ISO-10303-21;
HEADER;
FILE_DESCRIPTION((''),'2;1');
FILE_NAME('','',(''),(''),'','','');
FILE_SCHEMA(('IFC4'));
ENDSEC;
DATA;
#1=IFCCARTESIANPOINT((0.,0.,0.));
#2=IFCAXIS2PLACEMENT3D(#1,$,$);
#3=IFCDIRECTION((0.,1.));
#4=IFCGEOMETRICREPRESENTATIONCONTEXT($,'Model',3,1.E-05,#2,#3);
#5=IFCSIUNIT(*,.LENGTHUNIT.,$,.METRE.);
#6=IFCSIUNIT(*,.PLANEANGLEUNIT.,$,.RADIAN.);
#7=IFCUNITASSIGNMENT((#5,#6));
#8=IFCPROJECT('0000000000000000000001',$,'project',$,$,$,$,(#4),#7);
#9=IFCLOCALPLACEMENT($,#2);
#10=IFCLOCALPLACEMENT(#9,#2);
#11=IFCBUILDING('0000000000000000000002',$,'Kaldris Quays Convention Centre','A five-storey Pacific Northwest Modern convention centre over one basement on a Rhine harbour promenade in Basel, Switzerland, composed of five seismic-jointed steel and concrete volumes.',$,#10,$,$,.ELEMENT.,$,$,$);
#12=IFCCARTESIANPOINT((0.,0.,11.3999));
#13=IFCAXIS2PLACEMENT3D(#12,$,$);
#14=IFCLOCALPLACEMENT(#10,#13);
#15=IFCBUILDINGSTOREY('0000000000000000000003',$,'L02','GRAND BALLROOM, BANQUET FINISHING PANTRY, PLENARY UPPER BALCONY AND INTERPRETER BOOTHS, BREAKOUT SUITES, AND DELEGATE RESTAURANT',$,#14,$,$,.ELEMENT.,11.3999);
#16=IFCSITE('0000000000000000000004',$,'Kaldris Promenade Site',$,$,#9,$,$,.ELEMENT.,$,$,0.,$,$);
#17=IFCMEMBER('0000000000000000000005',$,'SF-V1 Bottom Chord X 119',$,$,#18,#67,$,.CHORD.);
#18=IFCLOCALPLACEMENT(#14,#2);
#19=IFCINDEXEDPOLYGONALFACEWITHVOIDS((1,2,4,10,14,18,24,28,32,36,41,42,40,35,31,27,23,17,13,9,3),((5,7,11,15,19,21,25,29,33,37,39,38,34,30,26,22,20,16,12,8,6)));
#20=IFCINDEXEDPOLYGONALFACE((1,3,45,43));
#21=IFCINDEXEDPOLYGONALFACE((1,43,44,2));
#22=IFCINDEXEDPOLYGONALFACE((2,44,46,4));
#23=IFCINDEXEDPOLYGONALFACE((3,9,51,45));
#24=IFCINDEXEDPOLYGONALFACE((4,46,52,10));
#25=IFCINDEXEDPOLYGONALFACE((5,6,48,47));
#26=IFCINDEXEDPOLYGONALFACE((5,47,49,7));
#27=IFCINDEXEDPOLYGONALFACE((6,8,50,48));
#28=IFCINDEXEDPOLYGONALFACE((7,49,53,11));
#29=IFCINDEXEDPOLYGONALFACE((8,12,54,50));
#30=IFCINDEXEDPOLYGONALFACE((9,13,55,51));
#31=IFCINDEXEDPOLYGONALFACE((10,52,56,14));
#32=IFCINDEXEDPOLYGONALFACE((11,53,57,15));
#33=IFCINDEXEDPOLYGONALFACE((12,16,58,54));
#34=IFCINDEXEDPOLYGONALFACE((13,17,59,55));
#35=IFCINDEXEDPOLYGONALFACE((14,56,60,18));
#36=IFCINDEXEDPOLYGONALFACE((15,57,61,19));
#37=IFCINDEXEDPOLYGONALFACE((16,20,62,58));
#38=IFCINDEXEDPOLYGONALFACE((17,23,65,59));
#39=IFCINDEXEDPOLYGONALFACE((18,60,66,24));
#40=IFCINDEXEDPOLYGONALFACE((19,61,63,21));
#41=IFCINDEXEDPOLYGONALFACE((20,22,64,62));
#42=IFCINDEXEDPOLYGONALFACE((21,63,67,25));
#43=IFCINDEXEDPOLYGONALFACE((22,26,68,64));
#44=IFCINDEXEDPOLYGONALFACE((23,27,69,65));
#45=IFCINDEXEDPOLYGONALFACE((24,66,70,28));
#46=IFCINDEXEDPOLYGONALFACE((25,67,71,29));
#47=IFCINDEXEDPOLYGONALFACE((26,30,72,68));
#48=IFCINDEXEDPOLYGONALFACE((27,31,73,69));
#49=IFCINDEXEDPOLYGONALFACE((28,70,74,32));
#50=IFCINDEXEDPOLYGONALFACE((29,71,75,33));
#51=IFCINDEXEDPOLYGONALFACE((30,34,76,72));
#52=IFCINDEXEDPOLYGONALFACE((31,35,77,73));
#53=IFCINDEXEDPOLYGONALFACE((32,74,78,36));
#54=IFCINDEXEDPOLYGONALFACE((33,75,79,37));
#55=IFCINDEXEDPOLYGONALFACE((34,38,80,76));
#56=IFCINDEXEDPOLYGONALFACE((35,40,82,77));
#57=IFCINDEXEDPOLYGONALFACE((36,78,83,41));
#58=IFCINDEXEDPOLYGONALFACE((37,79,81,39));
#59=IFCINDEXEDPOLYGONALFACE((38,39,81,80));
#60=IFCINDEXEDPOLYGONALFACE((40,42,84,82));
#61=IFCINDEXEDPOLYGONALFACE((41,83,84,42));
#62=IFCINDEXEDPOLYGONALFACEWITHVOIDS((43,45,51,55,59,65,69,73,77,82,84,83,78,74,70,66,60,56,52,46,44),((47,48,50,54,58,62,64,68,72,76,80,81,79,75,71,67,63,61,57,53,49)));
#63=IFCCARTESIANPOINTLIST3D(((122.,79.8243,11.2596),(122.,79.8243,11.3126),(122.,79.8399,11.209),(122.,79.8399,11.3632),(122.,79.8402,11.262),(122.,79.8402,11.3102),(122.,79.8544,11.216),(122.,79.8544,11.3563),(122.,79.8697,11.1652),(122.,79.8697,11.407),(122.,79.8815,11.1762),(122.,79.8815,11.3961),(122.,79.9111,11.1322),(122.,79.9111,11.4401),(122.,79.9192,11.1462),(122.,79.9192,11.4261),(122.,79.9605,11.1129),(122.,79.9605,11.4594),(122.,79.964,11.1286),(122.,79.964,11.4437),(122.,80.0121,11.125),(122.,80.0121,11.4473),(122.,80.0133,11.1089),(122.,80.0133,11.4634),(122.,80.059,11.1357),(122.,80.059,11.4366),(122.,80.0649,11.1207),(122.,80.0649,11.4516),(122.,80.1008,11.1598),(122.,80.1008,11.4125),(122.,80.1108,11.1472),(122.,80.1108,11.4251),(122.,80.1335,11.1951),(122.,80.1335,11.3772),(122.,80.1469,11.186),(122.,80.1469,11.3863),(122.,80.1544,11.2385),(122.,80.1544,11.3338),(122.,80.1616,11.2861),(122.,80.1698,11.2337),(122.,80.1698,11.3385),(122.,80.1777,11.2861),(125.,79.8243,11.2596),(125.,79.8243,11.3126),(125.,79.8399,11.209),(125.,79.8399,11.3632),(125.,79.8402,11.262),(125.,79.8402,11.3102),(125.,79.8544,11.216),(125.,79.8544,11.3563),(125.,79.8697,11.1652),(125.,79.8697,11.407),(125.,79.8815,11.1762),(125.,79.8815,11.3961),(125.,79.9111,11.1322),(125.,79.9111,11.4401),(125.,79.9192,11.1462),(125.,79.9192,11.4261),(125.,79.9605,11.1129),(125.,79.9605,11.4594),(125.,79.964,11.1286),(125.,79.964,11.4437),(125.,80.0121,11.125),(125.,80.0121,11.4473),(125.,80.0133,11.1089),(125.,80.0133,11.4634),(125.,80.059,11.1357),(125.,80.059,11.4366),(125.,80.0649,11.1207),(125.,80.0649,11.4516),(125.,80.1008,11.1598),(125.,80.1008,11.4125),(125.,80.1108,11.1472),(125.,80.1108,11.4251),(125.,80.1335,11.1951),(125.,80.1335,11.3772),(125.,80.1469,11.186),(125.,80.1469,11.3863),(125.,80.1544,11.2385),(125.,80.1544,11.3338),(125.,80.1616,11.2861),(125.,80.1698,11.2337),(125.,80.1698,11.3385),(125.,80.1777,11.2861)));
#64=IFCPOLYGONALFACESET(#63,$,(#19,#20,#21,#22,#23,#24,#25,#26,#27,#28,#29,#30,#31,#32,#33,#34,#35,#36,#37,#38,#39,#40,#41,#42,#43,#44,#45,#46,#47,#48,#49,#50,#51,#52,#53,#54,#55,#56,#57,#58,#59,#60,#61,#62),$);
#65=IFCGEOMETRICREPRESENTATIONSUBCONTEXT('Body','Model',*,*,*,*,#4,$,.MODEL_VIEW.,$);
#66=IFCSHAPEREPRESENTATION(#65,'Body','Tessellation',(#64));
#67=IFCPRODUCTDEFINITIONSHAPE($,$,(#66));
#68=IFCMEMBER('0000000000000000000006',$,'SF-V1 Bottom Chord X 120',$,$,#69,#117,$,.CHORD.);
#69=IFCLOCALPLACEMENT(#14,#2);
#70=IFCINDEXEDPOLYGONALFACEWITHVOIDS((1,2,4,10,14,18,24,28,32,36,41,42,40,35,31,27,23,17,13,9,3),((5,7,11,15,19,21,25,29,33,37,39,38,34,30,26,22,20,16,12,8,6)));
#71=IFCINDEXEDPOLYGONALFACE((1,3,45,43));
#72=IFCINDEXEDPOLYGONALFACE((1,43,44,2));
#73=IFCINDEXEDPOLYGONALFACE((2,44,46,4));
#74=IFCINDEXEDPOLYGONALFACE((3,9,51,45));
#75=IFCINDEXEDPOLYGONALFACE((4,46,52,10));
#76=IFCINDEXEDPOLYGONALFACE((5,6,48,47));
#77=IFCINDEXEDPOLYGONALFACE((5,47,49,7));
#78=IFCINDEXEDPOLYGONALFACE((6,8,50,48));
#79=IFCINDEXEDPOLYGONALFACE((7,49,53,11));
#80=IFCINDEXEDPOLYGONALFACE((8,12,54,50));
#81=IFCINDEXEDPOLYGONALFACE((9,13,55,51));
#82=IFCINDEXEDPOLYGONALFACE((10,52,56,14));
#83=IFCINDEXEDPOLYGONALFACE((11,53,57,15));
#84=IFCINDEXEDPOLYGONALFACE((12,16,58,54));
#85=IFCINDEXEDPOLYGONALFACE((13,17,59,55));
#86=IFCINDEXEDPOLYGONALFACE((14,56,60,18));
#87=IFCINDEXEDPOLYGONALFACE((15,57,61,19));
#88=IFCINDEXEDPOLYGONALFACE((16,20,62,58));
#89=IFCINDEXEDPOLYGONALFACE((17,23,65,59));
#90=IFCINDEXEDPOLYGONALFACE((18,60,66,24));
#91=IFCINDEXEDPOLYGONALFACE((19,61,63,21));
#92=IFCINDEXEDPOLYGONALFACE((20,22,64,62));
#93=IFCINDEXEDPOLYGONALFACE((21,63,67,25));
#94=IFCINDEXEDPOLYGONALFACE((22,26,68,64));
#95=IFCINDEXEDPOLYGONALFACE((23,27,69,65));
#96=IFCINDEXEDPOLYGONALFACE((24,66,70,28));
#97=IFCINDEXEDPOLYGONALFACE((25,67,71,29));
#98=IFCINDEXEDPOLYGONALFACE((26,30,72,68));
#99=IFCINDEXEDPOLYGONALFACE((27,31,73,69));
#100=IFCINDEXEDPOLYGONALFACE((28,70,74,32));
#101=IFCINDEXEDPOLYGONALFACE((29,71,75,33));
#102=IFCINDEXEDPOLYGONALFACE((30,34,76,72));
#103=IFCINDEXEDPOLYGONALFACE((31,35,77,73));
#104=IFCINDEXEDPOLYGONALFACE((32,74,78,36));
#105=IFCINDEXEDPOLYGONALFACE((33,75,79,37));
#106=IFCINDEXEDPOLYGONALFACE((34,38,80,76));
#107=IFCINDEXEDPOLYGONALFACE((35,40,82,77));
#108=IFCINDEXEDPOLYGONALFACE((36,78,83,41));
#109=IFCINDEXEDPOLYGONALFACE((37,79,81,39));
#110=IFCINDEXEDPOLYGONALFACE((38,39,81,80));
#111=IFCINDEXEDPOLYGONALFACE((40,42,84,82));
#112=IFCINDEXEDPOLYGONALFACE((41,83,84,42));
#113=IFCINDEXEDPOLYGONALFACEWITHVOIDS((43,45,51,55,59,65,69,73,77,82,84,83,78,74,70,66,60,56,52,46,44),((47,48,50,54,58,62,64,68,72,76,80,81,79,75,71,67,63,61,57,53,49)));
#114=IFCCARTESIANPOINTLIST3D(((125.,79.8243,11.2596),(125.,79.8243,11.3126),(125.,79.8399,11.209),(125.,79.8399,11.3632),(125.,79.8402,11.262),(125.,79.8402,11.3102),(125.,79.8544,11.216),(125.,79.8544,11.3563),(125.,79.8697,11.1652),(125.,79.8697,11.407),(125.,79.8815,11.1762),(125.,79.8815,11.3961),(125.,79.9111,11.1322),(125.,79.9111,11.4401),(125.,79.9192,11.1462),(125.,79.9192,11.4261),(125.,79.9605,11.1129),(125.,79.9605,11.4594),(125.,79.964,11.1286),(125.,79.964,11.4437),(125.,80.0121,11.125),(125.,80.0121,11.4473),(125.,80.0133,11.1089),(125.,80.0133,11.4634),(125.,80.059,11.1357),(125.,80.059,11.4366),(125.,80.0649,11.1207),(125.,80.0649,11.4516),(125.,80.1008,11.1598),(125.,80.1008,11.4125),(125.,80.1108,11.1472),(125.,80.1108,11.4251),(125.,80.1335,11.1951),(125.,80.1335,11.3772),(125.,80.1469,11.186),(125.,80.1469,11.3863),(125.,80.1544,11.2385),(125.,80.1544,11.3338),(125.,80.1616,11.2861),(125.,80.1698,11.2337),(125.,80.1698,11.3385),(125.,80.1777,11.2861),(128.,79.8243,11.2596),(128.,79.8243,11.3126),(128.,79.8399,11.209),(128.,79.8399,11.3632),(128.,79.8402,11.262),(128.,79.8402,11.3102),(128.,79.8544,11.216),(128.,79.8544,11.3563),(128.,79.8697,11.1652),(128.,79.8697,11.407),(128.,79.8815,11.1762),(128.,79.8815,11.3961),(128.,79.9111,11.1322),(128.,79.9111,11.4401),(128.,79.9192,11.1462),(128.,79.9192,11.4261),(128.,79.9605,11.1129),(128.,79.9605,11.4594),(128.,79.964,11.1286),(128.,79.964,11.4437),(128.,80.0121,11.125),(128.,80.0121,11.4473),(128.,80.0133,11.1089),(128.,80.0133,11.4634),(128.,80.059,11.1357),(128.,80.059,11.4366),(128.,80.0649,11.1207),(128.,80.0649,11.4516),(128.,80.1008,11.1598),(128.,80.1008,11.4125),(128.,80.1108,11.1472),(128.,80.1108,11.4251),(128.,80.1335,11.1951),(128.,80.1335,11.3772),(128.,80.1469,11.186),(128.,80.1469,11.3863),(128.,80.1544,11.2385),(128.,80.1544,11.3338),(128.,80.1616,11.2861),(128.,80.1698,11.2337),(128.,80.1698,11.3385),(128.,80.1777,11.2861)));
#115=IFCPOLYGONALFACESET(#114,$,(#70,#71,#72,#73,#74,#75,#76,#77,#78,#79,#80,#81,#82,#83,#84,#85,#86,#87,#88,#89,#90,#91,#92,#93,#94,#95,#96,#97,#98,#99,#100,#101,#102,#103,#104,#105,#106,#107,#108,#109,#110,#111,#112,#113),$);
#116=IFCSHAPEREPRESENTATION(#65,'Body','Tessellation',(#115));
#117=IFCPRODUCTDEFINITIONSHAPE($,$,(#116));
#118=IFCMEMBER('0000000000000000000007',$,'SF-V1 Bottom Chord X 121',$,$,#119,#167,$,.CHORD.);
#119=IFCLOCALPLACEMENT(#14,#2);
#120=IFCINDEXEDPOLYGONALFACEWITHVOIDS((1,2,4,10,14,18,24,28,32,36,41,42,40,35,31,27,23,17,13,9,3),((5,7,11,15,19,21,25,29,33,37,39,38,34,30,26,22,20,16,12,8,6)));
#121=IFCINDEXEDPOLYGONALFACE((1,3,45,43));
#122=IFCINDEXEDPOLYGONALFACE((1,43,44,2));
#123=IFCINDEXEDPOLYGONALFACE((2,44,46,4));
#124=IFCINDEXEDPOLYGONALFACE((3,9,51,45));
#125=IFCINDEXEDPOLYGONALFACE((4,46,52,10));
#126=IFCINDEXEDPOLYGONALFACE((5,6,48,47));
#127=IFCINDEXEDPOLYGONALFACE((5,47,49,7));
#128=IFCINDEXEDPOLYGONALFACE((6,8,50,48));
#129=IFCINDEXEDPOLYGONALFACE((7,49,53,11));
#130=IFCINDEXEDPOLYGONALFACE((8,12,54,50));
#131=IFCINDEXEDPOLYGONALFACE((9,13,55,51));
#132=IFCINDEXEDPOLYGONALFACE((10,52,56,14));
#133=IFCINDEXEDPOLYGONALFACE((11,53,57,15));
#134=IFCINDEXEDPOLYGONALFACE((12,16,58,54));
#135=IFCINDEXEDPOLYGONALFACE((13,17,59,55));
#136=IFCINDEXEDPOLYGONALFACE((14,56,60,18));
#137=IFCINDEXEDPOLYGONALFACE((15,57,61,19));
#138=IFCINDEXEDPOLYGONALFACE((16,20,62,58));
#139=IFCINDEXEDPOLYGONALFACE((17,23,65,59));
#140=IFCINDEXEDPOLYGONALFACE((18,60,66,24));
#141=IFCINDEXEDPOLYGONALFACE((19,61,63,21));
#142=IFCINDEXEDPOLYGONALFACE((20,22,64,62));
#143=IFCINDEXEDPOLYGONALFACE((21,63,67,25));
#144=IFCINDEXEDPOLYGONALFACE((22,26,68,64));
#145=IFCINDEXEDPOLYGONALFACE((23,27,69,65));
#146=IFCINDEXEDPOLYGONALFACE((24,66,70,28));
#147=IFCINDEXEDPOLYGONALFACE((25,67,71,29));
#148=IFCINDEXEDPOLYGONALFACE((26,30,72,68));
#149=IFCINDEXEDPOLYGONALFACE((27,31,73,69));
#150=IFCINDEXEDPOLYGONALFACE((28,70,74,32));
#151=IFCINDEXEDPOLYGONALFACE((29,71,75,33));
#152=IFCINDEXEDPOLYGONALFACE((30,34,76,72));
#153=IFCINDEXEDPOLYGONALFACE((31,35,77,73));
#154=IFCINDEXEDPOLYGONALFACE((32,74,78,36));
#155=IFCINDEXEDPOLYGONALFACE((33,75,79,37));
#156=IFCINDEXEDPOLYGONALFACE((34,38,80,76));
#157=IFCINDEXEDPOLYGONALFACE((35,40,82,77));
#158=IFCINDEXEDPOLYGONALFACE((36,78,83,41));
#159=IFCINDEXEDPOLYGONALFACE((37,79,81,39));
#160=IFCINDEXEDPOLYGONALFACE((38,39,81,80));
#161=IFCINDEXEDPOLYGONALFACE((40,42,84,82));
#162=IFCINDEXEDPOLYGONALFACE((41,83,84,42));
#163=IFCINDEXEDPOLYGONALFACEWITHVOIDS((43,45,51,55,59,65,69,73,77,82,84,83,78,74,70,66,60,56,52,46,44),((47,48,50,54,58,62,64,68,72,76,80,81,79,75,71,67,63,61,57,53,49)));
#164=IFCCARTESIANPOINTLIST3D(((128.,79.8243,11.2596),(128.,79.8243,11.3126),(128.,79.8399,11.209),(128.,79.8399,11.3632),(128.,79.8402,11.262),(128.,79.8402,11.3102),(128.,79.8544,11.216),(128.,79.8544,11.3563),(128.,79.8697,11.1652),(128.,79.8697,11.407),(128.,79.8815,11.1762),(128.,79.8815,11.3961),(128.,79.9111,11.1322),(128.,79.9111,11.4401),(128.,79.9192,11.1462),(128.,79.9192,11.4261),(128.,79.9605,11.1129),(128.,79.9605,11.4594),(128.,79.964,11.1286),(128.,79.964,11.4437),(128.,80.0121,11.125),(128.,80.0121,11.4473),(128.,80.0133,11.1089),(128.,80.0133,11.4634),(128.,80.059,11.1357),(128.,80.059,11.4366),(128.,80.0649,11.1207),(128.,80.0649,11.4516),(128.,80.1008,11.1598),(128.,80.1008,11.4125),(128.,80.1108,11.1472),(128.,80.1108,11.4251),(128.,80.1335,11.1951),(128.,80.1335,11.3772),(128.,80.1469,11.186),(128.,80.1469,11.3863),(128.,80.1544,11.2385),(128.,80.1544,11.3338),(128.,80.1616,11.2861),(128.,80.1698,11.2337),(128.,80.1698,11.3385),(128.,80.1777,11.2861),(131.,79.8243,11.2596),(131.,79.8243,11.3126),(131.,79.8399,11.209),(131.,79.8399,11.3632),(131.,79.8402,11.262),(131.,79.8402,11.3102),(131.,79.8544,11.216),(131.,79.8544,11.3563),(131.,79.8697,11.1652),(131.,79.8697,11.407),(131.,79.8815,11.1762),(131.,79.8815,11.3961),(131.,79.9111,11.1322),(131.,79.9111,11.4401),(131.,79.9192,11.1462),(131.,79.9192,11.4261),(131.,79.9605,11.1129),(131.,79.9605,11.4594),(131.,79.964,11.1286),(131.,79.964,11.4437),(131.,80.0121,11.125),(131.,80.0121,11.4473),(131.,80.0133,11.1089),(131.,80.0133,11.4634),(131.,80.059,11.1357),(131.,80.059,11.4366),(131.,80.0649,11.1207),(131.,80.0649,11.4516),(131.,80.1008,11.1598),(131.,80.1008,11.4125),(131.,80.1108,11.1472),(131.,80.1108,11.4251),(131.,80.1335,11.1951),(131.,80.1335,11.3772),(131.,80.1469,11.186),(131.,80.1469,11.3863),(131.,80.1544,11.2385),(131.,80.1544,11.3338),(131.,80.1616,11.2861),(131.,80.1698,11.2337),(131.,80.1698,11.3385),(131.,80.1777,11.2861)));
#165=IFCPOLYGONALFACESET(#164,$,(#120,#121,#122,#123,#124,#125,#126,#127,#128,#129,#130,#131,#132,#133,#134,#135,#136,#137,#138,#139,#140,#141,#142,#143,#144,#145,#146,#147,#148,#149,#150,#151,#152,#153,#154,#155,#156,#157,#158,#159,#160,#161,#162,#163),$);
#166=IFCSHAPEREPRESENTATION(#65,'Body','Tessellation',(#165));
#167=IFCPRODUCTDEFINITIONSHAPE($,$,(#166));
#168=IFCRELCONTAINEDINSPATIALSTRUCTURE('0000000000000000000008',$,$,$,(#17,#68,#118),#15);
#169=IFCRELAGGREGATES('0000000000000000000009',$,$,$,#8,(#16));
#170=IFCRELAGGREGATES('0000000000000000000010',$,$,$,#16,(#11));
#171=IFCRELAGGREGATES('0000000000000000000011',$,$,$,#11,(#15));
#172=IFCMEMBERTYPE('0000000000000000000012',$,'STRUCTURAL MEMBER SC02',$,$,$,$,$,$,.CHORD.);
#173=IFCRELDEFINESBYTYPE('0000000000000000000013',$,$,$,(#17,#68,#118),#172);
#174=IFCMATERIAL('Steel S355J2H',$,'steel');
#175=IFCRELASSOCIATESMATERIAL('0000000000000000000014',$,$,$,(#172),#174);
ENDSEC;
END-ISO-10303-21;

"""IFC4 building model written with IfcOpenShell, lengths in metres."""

from ifc_helpers import new_model, si_unit, direction, frame, origin, origin_2d, place, context, subcontext, project, spatial, hollow_circle, extrude, material, material_profile, profile_set, type_object, element, save


model = new_model("IFC4")

# Units and contexts
model_context = context("Model", 3, precision=1e-05, world=origin(), true_north=direction((0.0, 1.0)))
body_context = subcontext(model_context, "Body", "Model", "MODEL_VIEW")
ifc_project = project(units=[si_unit("LENGTHUNIT", "METRE"), si_unit("PLANEANGLEUNIT", "RADIAN")], contexts=[model_context])

# Site, building, storey
site_placement = place(None, origin())
site = spatial("IfcSite", under=ifc_project, at=site_placement, Name="Kaldris Promenade Site", CompositionType="ELEMENT", RefElevation=0.0)
building_placement = place(site_placement, origin())
building = spatial("IfcBuilding", under=site, at=building_placement, Name="Kaldris Quays Convention Centre", Description="A five-storey Pacific Northwest Modern convention centre over one basement on a Rhine harbour promenade in Basel, Switzerland, composed of five seismic-jointed steel and concrete volumes.", CompositionType="ELEMENT")
storey_placement = place(building_placement, frame((0.0, 0.0, 11.3999)))
storey = spatial("IfcBuildingStorey", under=building, at=storey_placement, Name="L02", Description="GRAND BALLROOM, BANQUET FINISHING PANTRY, PLENARY UPPER BALCONY AND INTERPRETER BOOTHS, BREAKOUT SUITES, AND DELEGATE RESTAURANT", CompositionType="ELEMENT", Elevation=11.3999)

# Members
ifc_material_1 = material(Name="Steel S355J2H", Category="steel")
ifc_material_profile_1 = material_profile(ifc_material_1, hollow_circle(Radius=0.1777, WallThickness=0.0161, at=origin_2d()), Name="CHS 355.6x16")
ifc_profile_set_1 = profile_set([ifc_material_profile_1], Name="Steel S355J2H")
member_type_1 = type_object("IfcMemberType", Name="STRUCTURAL MEMBER SC02", PredefinedType="CHORD", material=ifc_profile_set_1)
for number, where, z_axis, x_axis, name in (
    (1, (122.0, 80.0, 11.2861), (1.0, 0.0, 0.0), (0.0, 1.0, 0.0), "SF-V1 Bottom Chord X 119"),
    (2, (125.0, 80.0, 11.2861), (1.0, 0.0, 0.0), (0.0, 1.0, 0.0), "SF-V1 Bottom Chord X 120"),
    (3, (128.0, 80.0, 11.2861), (1.0, 0.0, 0.0), (0.0, 1.0, 0.0), "SF-V1 Bottom Chord X 121"),
):
    element("IfcMember", number, at=place(storey_placement, frame(where, z_axis=z_axis, x_axis=x_axis)), inside=storey, type_object=member_type_1, Name=name, PredefinedType="CHORD", context=body_context, shape_type="SweptSolid", body=[
        extrude(hollow_circle(Radius=0.1777, WallThickness=0.0161, at=origin_2d()), origin(), (0.0, 0.0, 1.0), 3.0),
    ])

save(model, "model.ifc")
